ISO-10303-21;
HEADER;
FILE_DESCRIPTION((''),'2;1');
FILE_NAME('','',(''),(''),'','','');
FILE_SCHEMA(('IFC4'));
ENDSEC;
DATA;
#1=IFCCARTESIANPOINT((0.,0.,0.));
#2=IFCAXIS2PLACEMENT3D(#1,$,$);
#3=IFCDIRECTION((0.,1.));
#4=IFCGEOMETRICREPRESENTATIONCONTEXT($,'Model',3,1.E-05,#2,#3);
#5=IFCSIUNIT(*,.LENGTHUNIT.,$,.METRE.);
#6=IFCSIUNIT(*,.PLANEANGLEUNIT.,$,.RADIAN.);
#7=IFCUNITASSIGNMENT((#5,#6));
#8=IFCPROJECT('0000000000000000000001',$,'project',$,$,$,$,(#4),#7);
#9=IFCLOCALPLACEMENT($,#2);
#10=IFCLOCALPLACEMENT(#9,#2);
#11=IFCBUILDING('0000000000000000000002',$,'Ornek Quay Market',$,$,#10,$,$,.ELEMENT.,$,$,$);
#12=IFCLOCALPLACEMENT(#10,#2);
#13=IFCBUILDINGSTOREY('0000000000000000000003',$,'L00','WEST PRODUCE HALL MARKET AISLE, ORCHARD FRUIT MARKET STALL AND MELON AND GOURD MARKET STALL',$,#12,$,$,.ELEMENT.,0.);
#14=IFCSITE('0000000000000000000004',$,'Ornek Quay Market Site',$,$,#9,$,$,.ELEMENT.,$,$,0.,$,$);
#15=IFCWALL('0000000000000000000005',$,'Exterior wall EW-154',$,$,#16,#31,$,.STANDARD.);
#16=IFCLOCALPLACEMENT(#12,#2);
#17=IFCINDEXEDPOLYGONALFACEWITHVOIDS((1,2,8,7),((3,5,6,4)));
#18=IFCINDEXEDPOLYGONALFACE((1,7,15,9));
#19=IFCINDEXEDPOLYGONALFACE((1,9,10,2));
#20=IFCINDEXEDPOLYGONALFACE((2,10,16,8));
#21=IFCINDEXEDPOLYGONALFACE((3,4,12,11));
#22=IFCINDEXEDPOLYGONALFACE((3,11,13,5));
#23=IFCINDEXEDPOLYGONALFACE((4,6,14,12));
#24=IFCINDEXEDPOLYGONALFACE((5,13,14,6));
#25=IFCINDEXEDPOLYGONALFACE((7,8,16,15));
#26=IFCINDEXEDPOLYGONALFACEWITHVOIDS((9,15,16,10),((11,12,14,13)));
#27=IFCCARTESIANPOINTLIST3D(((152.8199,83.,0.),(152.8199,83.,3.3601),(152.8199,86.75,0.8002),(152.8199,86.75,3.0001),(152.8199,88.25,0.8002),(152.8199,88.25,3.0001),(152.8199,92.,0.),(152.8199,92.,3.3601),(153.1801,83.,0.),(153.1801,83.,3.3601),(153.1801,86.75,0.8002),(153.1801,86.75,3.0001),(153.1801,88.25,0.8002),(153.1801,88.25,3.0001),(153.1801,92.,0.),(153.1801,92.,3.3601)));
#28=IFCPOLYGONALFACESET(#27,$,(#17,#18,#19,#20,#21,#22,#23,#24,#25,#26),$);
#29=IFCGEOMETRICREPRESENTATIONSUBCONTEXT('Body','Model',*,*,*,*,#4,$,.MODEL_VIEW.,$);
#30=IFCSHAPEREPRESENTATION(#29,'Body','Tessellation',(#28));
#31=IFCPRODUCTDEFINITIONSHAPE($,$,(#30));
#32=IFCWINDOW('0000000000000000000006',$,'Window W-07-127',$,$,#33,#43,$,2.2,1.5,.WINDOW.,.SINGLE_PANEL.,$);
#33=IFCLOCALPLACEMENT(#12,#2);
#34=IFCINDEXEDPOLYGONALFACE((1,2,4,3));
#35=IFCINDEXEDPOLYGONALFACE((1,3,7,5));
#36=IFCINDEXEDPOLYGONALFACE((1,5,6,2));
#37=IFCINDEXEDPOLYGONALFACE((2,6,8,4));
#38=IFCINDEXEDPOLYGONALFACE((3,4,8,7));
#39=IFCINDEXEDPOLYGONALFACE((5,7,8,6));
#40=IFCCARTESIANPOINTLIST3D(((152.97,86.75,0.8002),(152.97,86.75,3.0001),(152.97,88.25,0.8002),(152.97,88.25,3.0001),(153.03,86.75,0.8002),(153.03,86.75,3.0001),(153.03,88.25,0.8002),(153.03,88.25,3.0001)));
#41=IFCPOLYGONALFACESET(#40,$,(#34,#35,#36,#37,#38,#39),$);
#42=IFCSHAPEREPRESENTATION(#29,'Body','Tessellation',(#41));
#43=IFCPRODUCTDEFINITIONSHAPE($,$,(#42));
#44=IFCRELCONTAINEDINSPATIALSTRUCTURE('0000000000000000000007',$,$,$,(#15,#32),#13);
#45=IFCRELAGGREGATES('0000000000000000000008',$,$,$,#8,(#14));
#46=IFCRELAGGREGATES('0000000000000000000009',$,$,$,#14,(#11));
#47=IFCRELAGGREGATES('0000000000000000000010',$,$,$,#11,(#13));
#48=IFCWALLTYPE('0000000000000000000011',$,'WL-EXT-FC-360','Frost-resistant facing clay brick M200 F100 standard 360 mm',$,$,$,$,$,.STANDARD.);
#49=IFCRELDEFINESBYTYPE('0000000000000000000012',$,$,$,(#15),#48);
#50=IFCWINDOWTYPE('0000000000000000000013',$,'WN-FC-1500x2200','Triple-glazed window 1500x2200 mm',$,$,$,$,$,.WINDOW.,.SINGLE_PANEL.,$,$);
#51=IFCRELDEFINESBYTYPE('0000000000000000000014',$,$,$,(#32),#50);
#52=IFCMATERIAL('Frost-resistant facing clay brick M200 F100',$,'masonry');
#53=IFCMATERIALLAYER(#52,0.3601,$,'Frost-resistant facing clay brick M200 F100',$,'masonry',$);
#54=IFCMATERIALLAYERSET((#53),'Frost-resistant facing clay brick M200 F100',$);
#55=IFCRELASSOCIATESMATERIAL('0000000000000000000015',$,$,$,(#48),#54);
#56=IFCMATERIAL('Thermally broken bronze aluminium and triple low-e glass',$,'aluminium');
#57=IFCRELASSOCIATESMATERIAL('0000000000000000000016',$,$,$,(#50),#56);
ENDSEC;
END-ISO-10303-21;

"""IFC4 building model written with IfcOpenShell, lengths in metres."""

from ifc_helpers import new_model, si_unit, direction, frame, frame_2d, origin, place, context, subcontext, project, spatial, rectangle, extrude, material, layer, layer_set, type_object, element, fill, save


model = new_model("IFC4")

# Units and contexts
model_context = context("Model", 3, precision=1e-05, world=origin(), true_north=direction((0.0, 1.0)))
body_context = subcontext(model_context, "Body", "Model", "MODEL_VIEW")
ifc_project = project(units=[si_unit("LENGTHUNIT", "METRE"), si_unit("PLANEANGLEUNIT", "RADIAN")], contexts=[model_context])

# Site, building, storey
site_placement = place(None, origin())
site = spatial("IfcSite", under=ifc_project, at=site_placement, Name="Ornek Quay Market Site", CompositionType="ELEMENT", RefElevation=0.0)
building_placement = place(site_placement, origin())
building = spatial("IfcBuilding", under=site, at=building_placement, Name="Ornek Quay Market", CompositionType="ELEMENT")
storey_placement = place(building_placement, origin())
storey = spatial("IfcBuildingStorey", under=building, at=storey_placement, Name="L00", Description="WEST PRODUCE HALL MARKET AISLE, ORCHARD FRUIT MARKET STALL AND MELON AND GOURD MARKET STALL", CompositionType="ELEMENT", Elevation=0.0)

# Wall, opening, window
ifc_material_1 = material(Name="Frost-resistant facing clay brick M200 F100", Category="masonry")
ifc_layer = layer(ifc_material_1, 0.3601, Name="Frost-resistant facing clay brick M200 F100", Category="masonry")
ifc_layer_set = layer_set([ifc_layer], Name="Frost-resistant facing clay brick M200 F100")
wall_type = type_object("IfcWallType", Name="WL-EXT-FC-360", Description="Frost-resistant facing clay brick M200 F100 standard 360 mm", PredefinedType="STANDARD", material=ifc_layer_set)
wall_placement = place(storey_placement, frame((153.0, 83.0, 0.0), z_axis=(0.0, 0.0, 1.0), x_axis=(0.0, 1.0, 0.0)))
wall = element("IfcWall", 1, at=wall_placement, inside=storey, type_object=wall_type, Name="Exterior wall EW-154", PredefinedType="STANDARD", context=body_context, shape_type="SweptSolid", body=[
    extrude(rectangle(XDim=9.0, YDim=0.3601, at=frame_2d((4.5, 0.0))), origin(), (0.0, 0.0, 1.0), 3.3601),
])
opening_placement = place(wall_placement, frame((3.75, 0.0, 0.8)))
opening = element("IfcOpeningElement", 2, at=opening_placement, cuts=wall, PredefinedType="OPENING", context=body_context, shape_type="SweptSolid", body=[
    extrude(rectangle(XDim=1.5, YDim=2.2, at=frame_2d((0.75, 1.1001))), frame((0.0, 0.1899, 0.0), z_axis=(0.0, -1.0, 0.0), x_axis=(1.0, 0.0, 0.0)), (0.0, 0.0, 1.0), 0.3801),
])
ifc_material_2 = material(Name="Thermally broken bronze aluminium and triple low-e glass", Category="aluminium")
window_type = type_object("IfcWindowType", Name="WN-FC-1500x2200", Description="Triple-glazed window 1500x2200 mm", PartitioningType="SINGLE_PANEL", PredefinedType="WINDOW", material=ifc_material_2)
window_placement = place(opening_placement, origin())
window = element("IfcWindow", 3, at=window_placement, inside=storey, type_object=window_type, Name="Window W-07-127", OverallHeight=2.2, OverallWidth=1.5, PartitioningType="SINGLE_PANEL", PredefinedType="WINDOW", context=body_context, shape_type="SweptSolid", body=[
    extrude(rectangle(XDim=1.5, YDim=2.2, at=frame_2d((0.75, 1.1001))), frame((0.0, 0.03, 0.0), z_axis=(0.0, -1.0, 0.0), x_axis=(1.0, 0.0, 0.0)), (0.0, 0.0, 1.0), 0.0601),
])
fill(opening, window)

save(model, "model.ifc")
